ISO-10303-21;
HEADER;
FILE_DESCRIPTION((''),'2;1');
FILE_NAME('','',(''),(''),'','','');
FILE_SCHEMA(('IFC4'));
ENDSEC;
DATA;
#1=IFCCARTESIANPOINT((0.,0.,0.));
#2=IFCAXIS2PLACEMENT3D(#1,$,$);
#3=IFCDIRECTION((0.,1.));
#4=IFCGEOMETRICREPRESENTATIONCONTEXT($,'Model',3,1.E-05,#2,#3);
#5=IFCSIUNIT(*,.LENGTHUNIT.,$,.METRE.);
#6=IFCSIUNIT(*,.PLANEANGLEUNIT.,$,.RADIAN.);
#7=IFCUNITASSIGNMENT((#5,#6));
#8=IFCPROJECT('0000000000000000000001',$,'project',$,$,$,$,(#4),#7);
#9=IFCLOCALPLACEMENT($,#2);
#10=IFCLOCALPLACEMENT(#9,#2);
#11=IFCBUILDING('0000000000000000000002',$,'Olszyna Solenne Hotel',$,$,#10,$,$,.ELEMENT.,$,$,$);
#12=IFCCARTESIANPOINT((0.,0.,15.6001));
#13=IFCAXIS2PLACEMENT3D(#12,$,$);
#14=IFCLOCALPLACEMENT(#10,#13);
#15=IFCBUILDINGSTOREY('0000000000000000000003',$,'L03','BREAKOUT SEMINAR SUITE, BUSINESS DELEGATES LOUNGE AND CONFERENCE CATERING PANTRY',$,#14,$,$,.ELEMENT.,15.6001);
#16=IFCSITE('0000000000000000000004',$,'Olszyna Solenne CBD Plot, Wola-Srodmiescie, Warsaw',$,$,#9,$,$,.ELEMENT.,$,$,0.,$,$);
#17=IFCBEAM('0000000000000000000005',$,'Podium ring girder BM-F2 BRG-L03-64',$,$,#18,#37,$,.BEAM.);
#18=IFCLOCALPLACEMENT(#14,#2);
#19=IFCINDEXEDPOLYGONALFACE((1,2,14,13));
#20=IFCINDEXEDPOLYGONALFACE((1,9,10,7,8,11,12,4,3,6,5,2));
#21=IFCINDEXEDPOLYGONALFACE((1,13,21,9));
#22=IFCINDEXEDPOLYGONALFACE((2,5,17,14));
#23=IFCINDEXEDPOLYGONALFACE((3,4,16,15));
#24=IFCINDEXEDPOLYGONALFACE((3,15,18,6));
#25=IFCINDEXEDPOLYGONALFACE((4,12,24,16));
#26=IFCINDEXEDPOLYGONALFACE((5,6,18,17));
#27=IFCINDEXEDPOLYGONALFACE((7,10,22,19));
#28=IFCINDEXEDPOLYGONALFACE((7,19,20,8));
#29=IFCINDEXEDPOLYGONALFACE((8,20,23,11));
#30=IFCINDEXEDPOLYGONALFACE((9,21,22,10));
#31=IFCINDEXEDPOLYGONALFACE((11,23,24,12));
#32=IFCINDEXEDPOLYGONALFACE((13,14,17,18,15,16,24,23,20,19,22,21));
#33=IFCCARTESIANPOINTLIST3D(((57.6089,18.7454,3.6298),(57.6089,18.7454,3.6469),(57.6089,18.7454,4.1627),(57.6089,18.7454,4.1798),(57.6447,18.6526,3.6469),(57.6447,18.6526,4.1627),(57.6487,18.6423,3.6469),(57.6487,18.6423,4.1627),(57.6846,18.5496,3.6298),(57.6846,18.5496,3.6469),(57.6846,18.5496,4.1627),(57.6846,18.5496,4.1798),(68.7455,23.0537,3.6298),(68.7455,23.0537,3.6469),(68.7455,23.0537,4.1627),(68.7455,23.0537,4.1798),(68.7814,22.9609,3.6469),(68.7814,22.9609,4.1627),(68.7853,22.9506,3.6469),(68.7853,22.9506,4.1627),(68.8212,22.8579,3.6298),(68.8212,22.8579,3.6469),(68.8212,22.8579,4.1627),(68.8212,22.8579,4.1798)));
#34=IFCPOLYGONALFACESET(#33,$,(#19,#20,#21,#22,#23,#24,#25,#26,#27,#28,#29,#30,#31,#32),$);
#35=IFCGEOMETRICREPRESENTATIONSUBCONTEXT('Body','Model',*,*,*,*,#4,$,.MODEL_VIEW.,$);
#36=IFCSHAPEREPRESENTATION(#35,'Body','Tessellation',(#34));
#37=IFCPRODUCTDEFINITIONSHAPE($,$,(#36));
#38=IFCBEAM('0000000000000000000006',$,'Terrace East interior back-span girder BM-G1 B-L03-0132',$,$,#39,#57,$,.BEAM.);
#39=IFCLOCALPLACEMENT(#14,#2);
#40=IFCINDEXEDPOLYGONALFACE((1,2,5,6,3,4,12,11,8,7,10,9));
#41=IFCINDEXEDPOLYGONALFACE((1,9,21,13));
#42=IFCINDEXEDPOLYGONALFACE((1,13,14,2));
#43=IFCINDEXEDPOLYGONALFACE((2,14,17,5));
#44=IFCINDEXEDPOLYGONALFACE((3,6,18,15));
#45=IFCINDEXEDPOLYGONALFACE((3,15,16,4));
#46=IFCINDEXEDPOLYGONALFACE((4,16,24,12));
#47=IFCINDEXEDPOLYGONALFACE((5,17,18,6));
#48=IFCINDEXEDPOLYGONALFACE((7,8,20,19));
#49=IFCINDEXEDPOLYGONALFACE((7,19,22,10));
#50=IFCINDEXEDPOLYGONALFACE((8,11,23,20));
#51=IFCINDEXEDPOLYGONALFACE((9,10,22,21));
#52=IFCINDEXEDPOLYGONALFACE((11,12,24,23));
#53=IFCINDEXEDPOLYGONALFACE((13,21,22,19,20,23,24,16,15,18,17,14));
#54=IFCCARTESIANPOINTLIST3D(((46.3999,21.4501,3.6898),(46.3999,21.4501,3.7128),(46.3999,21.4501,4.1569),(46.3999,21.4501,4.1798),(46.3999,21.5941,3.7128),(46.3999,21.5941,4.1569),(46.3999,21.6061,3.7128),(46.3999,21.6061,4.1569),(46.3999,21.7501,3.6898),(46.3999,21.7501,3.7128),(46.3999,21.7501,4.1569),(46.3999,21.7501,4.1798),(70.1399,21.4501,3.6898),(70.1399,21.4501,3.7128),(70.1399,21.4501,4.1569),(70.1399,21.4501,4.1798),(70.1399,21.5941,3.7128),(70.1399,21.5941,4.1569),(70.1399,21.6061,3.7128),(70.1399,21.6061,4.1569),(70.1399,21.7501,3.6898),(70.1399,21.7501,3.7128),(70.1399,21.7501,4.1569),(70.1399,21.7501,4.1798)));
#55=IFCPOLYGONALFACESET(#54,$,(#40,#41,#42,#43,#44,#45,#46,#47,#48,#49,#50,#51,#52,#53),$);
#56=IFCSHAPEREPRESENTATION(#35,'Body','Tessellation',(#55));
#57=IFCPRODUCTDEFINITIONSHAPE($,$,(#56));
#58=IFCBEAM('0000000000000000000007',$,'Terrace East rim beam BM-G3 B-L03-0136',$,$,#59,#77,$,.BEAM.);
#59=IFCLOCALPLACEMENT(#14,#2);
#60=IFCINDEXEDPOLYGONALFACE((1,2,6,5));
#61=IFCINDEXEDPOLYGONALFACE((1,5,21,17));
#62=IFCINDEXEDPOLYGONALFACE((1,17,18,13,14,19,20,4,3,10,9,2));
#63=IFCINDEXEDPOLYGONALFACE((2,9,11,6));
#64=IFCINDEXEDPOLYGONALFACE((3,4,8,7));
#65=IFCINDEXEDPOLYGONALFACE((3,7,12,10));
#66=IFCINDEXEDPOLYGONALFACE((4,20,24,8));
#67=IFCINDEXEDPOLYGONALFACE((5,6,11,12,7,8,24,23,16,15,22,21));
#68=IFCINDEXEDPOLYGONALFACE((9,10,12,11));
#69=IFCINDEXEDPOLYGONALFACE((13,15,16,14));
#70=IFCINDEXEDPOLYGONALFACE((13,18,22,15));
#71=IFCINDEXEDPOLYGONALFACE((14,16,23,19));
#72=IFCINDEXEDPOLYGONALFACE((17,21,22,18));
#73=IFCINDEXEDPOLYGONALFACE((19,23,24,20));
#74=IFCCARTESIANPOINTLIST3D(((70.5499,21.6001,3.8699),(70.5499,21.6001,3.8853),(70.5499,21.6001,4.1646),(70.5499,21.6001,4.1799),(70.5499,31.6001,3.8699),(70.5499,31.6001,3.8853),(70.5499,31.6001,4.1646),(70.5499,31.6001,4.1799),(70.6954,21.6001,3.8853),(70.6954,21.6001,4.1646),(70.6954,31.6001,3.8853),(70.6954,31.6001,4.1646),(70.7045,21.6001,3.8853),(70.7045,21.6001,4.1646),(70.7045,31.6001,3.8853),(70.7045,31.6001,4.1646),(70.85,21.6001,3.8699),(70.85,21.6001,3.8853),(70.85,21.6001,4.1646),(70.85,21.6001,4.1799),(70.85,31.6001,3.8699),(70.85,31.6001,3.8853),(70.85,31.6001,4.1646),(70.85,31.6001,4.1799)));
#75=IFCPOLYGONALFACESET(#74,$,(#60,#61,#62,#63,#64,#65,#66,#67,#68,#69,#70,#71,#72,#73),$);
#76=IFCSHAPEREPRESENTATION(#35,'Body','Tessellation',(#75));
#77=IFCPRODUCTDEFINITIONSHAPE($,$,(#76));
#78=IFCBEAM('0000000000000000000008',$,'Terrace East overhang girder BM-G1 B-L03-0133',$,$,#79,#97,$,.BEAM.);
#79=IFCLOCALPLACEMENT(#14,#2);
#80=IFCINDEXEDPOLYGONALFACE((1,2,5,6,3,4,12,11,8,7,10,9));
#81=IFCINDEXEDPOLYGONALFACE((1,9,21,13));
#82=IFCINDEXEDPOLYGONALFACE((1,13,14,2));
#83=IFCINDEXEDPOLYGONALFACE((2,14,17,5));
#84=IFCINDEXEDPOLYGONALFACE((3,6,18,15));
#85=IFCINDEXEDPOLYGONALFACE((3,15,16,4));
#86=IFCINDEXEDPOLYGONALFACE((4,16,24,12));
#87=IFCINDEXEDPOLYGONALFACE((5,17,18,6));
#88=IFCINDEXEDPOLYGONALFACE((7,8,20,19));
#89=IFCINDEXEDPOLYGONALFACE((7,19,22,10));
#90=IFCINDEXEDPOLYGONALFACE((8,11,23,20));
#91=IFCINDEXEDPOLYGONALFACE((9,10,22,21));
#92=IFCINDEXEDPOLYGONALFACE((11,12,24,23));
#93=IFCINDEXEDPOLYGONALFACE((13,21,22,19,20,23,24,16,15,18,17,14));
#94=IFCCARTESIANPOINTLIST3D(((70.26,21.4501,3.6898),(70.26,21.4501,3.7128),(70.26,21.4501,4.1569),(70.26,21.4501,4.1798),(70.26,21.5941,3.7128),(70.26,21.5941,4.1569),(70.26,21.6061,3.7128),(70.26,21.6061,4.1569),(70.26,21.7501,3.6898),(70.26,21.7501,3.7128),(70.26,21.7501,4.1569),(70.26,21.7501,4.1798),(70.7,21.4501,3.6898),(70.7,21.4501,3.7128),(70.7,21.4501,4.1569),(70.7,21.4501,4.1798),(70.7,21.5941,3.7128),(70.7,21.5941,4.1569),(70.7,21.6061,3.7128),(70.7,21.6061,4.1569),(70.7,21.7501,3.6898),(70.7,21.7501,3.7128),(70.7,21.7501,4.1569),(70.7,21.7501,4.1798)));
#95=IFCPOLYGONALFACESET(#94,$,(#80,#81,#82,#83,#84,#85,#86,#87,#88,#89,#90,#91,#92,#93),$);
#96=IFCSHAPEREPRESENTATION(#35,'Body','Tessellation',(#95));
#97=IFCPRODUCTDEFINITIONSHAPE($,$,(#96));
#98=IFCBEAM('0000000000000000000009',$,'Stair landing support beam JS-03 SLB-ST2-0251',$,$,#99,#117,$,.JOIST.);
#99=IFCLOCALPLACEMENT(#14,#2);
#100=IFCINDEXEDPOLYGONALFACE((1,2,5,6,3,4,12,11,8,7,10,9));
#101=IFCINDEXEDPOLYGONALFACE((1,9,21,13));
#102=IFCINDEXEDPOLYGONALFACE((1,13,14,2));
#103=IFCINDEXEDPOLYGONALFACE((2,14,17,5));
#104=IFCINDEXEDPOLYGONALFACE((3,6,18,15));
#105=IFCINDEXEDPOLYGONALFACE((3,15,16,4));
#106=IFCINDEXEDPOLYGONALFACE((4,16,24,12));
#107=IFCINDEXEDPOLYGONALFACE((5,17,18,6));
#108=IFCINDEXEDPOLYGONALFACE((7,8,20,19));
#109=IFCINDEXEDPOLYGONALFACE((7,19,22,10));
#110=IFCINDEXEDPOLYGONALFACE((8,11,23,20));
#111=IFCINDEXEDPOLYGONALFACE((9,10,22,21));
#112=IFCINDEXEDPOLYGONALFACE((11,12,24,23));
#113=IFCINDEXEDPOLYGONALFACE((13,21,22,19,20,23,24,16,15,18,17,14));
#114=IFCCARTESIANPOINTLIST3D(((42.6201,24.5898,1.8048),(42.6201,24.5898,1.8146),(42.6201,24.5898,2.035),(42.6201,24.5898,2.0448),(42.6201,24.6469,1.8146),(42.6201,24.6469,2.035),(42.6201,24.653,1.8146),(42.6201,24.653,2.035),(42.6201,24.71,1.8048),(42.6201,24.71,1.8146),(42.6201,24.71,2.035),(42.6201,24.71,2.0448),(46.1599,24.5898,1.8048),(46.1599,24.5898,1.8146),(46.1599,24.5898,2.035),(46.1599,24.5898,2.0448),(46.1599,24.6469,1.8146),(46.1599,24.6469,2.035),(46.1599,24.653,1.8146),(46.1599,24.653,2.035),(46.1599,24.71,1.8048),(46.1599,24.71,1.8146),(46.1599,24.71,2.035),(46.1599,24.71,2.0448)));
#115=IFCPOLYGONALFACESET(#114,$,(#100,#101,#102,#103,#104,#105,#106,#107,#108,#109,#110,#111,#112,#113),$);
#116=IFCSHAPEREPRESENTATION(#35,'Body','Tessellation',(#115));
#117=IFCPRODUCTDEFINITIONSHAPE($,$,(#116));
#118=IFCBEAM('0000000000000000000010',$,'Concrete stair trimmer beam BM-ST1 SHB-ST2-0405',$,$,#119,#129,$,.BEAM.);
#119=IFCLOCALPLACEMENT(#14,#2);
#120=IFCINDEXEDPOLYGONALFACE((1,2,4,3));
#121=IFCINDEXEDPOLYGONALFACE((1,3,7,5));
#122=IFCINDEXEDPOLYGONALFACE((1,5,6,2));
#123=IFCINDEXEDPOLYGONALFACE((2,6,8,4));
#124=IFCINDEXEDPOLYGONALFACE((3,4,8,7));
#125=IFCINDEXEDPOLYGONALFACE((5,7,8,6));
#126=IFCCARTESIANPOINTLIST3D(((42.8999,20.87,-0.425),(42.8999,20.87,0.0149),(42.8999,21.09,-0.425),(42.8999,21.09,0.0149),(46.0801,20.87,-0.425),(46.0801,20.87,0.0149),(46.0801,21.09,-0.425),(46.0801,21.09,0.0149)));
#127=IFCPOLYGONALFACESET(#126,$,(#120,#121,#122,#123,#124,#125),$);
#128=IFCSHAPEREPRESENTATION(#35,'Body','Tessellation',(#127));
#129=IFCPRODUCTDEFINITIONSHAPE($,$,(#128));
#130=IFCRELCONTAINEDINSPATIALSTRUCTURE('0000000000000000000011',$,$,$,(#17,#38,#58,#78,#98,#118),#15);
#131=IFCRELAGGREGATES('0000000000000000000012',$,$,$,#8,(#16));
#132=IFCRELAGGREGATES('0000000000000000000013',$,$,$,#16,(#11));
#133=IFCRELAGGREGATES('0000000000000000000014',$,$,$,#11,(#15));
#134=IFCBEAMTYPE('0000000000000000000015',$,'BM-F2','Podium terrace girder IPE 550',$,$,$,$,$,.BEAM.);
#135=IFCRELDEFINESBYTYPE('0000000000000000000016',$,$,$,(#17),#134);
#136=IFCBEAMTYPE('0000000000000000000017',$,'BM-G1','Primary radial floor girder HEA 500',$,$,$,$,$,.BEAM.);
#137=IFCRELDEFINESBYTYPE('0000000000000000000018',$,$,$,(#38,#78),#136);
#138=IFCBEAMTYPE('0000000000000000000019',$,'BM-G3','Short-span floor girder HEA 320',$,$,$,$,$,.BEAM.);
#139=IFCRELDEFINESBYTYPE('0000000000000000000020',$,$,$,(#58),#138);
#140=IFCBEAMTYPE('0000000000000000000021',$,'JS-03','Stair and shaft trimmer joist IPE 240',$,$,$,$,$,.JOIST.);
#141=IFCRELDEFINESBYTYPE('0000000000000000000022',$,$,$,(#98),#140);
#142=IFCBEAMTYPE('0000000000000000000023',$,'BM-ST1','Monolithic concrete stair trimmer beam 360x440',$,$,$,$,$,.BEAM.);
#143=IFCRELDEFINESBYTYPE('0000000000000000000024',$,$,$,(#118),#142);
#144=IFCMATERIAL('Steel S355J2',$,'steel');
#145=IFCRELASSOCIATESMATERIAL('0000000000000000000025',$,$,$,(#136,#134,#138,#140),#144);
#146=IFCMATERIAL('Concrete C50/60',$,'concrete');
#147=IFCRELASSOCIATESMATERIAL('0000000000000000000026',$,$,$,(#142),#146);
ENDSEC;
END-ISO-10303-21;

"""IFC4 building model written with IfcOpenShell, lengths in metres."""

from ifc_helpers import new_model, si_unit, direction, frame, origin, origin_2d, place, context, subcontext, project, spatial, rectangle, i_section, extrude, source, transform, mapped, material, material_profile, profile_set, type_object, element, save


model = new_model("IFC4")

# Units and contexts
model_context = context("Model", 3, precision=1e-05, world=origin(), true_north=direction((0.0, 1.0)))
body_context = subcontext(model_context, "Body", "Model", "MODEL_VIEW")
ifc_project = project(units=[si_unit("LENGTHUNIT", "METRE"), si_unit("PLANEANGLEUNIT", "RADIAN")], contexts=[model_context])

# Site, building, storey
site_placement = place(None, origin())
site = spatial("IfcSite", under=ifc_project, at=site_placement, Name="Olszyna Solenne CBD Plot, Wola-Srodmiescie, Warsaw", CompositionType="ELEMENT", RefElevation=0.0)
building_placement = place(site_placement, origin())
building = spatial("IfcBuilding", under=site, at=building_placement, Name="Olszyna Solenne Hotel", CompositionType="ELEMENT")
storey_placement = place(building_placement, frame((0.0, 0.0, 15.6001)))
storey = spatial("IfcBuildingStorey", under=building, at=storey_placement, Name="L03", Description="BREAKOUT SEMINAR SUITE, BUSINESS DELEGATES LOUNGE AND CONFERENCE CATERING PANTRY", CompositionType="ELEMENT", Elevation=15.6001)

# Shared definitions
ifc_material_1 = material(Name="Concrete C50/60", Category="concrete")

# Beams
ifc_material_2 = material(Name="Steel S355J2", Category="steel")
ifc_material_profile_1 = material_profile(ifc_material_2, i_section(OverallWidth=0.3, OverallDepth=0.49, WebThickness=0.012, FlangeThickness=0.0229, at=origin_2d()), Name="HEA 500", Category="load-bearing")
ifc_profile_set_1 = profile_set([ifc_material_profile_1], Name="Steel S355J2")
beam_type_1 = type_object("IfcBeamType", Name="BM-G1", Description="Primary radial floor girder HEA 500", PredefinedType="BEAM", material=ifc_profile_set_1)
ifc_material_profile_2 = material_profile(ifc_material_2, i_section(OverallWidth=0.21, OverallDepth=0.55, WebThickness=0.011, FlangeThickness=0.0171, at=origin_2d()), Name="IPE 550", Category="load-bearing")
ifc_profile_set_2 = profile_set([ifc_material_profile_2], Name="Steel S355J2")
beam_type_2 = type_object("IfcBeamType", Name="BM-F2", Description="Podium terrace girder IPE 550", PredefinedType="BEAM", material=ifc_profile_set_2)
shared_shape_1 = source(origin(), body_context, "Body", "SweptSolid", [
    extrude(i_section(OverallWidth=0.21, OverallDepth=0.55, WebThickness=0.011, FlangeThickness=0.0171, at=origin_2d()), origin(), (0.0, 0.0, 1.0), 11.9409),
])
for number, where, z_axis, x_axis, name in (
    (1, (57.6467, 18.6475, 3.9048), (0.932642, 0.360802, 0.0), (-0.360802, 0.932642, 0.0), "Podium ring girder BM-F2 BRG-L03-64"),
):
    element("IfcBeam", number, at=place(storey_placement, frame(where, z_axis=z_axis, x_axis=x_axis)), inside=storey, type_object=beam_type_2, Name=name, PredefinedType="BEAM", context=body_context, shape_type="MappedRepresentation", body=[
        mapped(shared_shape_1, transform((0.0, 0.0, 0.0), x_axis=(1.0, 0.0, 0.0), y_axis=(0.0, 1.0, 0.0), z_axis=(0.0, 0.0, 1.0), scale=1.0)),
    ])
shared_shape_2 = source(origin(), body_context, "Body", "SweptSolid", [
    extrude(i_section(OverallWidth=0.3, OverallDepth=0.49, WebThickness=0.012, FlangeThickness=0.0229, at=origin_2d()), origin(), (0.0, 0.0, 1.0), 23.74),
])
beam_1_placement = place(storey_placement, frame((46.3999, 21.6001, 3.9348), z_axis=(1.0, 0.0, 0.0), x_axis=(0.0, 1.0, 0.0)))
element("IfcBeam", 2, at=beam_1_placement, inside=storey, type_object=beam_type_1, Name="Terrace East interior back-span girder BM-G1 B-L03-0132", PredefinedType="BEAM", context=body_context, shape_type="MappedRepresentation", body=[
    mapped(shared_shape_2, transform((0.0, 0.0, 0.0), x_axis=(1.0, 0.0, 0.0), y_axis=(0.0, 1.0, 0.0), z_axis=(0.0, 0.0, 1.0), scale=1.0)),
])
ifc_material_profile_3 = material_profile(ifc_material_2, i_section(OverallWidth=0.3, OverallDepth=0.3101, WebThickness=0.009, FlangeThickness=0.0154, at=origin_2d()), Name="HEA 320", Category="load-bearing")
ifc_profile_set_3 = profile_set([ifc_material_profile_3], Name="Steel S355J2")
beam_type_3 = type_object("IfcBeamType", Name="BM-G3", Description="Short-span floor girder HEA 320", PredefinedType="BEAM", material=ifc_profile_set_3)
shared_shape_3 = source(origin(), body_context, "Body", "SweptSolid", [
    extrude(i_section(OverallWidth=0.3, OverallDepth=0.3101, WebThickness=0.009, FlangeThickness=0.0154, at=origin_2d()), origin(), (0.0, 0.0, 1.0), 10.0),
])
beam_2_placement = place(storey_placement, frame((70.7, 21.6001, 4.0249), z_axis=(0.0, 1.0, 0.0), x_axis=(-1.0, 0.0, 0.0)))
element("IfcBeam", 3, at=beam_2_placement, inside=storey, type_object=beam_type_3, Name="Terrace East rim beam BM-G3 B-L03-0136", PredefinedType="BEAM", context=body_context, shape_type="MappedRepresentation", body=[
    mapped(shared_shape_3, transform((0.0, 0.0, 0.0), x_axis=(1.0, 0.0, 0.0), y_axis=(0.0, 1.0, 0.0), z_axis=(0.0, 0.0, 1.0), scale=1.0)),
])
shared_shape_4 = source(origin(), body_context, "Body", "SweptSolid", [
    extrude(i_section(OverallWidth=0.3, OverallDepth=0.49, WebThickness=0.012, FlangeThickness=0.0229, at=origin_2d()), origin(), (0.0, 0.0, 1.0), 0.4399),
])
beam_3_placement = place(storey_placement, frame((70.26, 21.6001, 3.9348), z_axis=(1.0, 0.0, 0.0), x_axis=(0.0, 1.0, 0.0)))
element("IfcBeam", 4, at=beam_3_placement, inside=storey, type_object=beam_type_1, Name="Terrace East overhang girder BM-G1 B-L03-0133", PredefinedType="BEAM", context=body_context, shape_type="MappedRepresentation", body=[
    mapped(shared_shape_4, transform((0.0, 0.0, 0.0), x_axis=(1.0, 0.0, 0.0), y_axis=(0.0, 1.0, 0.0), z_axis=(0.0, 0.0, 1.0), scale=1.0)),
])
ifc_material_profile_4 = material_profile(ifc_material_2, i_section(OverallWidth=0.1201, OverallDepth=0.24, WebThickness=0.0061, FlangeThickness=0.0098, at=origin_2d()), Name="IPE 240", Category="load-bearing")
ifc_profile_set_4 = profile_set([ifc_material_profile_4], Name="Steel S355J2")
beam_type_4 = type_object("IfcBeamType", Name="JS-03", Description="Stair and shaft trimmer joist IPE 240", PredefinedType="JOIST", material=ifc_profile_set_4)
shared_shape_5 = source(origin(), body_context, "Body", "SweptSolid", [
    extrude(i_section(OverallWidth=0.1201, OverallDepth=0.24, WebThickness=0.0061, FlangeThickness=0.0098, at=origin_2d()), origin(), (0.0, 0.0, 1.0), 3.5398),
])
beam_4_placement = place(storey_placement, frame((46.1599, 24.6499, 1.9248), z_axis=(-1.0, 0.0, 0.0), x_axis=(0.0, -1.0, 0.0)))
element("IfcBeam", 5, at=beam_4_placement, inside=storey, type_object=beam_type_4, Name="Stair landing support beam JS-03 SLB-ST2-0251", PredefinedType="JOIST", context=body_context, shape_type="MappedRepresentation", body=[
    mapped(shared_shape_5, transform((0.0, 0.0, 0.0), x_axis=(1.0, 0.0, 0.0), y_axis=(0.0, 1.0, 0.0), z_axis=(0.0, 0.0, 1.0), scale=1.0)),
])
ifc_material_profile_5 = material_profile(ifc_material_1, rectangle(XDim=0.22, YDim=0.4399, at=origin_2d()), Name="RC 220x440", Category="load-bearing")
ifc_profile_set_5 = profile_set([ifc_material_profile_5], Name="Concrete C50/60")
beam_type_5 = type_object("IfcBeamType", Name="BM-ST1", Description="Monolithic concrete stair trimmer beam 360x440", PredefinedType="BEAM", material=ifc_profile_set_5)
shared_shape_6 = source(origin(), body_context, "Body", "SweptSolid", [
    extrude(rectangle(XDim=0.22, YDim=0.4399, at=origin_2d()), origin(), (0.0, 0.0, 1.0), 3.1802),
])
beam_5_placement = place(storey_placement, frame((46.0801, 20.98, -0.2051), z_axis=(-1.0, 0.0, 0.0), x_axis=(0.0, -1.0, 0.0)))
element("IfcBeam", 6, at=beam_5_placement, inside=storey, type_object=beam_type_5, Name="Concrete stair trimmer beam BM-ST1 SHB-ST2-0405", PredefinedType="BEAM", context=body_context, shape_type="MappedRepresentation", body=[
    mapped(shared_shape_6, transform((0.0, 0.0, 0.0), x_axis=(1.0, 0.0, 0.0), y_axis=(0.0, 1.0, 0.0), z_axis=(0.0, 0.0, 1.0), scale=1.0)),
])

save(model, "model.ifc")
